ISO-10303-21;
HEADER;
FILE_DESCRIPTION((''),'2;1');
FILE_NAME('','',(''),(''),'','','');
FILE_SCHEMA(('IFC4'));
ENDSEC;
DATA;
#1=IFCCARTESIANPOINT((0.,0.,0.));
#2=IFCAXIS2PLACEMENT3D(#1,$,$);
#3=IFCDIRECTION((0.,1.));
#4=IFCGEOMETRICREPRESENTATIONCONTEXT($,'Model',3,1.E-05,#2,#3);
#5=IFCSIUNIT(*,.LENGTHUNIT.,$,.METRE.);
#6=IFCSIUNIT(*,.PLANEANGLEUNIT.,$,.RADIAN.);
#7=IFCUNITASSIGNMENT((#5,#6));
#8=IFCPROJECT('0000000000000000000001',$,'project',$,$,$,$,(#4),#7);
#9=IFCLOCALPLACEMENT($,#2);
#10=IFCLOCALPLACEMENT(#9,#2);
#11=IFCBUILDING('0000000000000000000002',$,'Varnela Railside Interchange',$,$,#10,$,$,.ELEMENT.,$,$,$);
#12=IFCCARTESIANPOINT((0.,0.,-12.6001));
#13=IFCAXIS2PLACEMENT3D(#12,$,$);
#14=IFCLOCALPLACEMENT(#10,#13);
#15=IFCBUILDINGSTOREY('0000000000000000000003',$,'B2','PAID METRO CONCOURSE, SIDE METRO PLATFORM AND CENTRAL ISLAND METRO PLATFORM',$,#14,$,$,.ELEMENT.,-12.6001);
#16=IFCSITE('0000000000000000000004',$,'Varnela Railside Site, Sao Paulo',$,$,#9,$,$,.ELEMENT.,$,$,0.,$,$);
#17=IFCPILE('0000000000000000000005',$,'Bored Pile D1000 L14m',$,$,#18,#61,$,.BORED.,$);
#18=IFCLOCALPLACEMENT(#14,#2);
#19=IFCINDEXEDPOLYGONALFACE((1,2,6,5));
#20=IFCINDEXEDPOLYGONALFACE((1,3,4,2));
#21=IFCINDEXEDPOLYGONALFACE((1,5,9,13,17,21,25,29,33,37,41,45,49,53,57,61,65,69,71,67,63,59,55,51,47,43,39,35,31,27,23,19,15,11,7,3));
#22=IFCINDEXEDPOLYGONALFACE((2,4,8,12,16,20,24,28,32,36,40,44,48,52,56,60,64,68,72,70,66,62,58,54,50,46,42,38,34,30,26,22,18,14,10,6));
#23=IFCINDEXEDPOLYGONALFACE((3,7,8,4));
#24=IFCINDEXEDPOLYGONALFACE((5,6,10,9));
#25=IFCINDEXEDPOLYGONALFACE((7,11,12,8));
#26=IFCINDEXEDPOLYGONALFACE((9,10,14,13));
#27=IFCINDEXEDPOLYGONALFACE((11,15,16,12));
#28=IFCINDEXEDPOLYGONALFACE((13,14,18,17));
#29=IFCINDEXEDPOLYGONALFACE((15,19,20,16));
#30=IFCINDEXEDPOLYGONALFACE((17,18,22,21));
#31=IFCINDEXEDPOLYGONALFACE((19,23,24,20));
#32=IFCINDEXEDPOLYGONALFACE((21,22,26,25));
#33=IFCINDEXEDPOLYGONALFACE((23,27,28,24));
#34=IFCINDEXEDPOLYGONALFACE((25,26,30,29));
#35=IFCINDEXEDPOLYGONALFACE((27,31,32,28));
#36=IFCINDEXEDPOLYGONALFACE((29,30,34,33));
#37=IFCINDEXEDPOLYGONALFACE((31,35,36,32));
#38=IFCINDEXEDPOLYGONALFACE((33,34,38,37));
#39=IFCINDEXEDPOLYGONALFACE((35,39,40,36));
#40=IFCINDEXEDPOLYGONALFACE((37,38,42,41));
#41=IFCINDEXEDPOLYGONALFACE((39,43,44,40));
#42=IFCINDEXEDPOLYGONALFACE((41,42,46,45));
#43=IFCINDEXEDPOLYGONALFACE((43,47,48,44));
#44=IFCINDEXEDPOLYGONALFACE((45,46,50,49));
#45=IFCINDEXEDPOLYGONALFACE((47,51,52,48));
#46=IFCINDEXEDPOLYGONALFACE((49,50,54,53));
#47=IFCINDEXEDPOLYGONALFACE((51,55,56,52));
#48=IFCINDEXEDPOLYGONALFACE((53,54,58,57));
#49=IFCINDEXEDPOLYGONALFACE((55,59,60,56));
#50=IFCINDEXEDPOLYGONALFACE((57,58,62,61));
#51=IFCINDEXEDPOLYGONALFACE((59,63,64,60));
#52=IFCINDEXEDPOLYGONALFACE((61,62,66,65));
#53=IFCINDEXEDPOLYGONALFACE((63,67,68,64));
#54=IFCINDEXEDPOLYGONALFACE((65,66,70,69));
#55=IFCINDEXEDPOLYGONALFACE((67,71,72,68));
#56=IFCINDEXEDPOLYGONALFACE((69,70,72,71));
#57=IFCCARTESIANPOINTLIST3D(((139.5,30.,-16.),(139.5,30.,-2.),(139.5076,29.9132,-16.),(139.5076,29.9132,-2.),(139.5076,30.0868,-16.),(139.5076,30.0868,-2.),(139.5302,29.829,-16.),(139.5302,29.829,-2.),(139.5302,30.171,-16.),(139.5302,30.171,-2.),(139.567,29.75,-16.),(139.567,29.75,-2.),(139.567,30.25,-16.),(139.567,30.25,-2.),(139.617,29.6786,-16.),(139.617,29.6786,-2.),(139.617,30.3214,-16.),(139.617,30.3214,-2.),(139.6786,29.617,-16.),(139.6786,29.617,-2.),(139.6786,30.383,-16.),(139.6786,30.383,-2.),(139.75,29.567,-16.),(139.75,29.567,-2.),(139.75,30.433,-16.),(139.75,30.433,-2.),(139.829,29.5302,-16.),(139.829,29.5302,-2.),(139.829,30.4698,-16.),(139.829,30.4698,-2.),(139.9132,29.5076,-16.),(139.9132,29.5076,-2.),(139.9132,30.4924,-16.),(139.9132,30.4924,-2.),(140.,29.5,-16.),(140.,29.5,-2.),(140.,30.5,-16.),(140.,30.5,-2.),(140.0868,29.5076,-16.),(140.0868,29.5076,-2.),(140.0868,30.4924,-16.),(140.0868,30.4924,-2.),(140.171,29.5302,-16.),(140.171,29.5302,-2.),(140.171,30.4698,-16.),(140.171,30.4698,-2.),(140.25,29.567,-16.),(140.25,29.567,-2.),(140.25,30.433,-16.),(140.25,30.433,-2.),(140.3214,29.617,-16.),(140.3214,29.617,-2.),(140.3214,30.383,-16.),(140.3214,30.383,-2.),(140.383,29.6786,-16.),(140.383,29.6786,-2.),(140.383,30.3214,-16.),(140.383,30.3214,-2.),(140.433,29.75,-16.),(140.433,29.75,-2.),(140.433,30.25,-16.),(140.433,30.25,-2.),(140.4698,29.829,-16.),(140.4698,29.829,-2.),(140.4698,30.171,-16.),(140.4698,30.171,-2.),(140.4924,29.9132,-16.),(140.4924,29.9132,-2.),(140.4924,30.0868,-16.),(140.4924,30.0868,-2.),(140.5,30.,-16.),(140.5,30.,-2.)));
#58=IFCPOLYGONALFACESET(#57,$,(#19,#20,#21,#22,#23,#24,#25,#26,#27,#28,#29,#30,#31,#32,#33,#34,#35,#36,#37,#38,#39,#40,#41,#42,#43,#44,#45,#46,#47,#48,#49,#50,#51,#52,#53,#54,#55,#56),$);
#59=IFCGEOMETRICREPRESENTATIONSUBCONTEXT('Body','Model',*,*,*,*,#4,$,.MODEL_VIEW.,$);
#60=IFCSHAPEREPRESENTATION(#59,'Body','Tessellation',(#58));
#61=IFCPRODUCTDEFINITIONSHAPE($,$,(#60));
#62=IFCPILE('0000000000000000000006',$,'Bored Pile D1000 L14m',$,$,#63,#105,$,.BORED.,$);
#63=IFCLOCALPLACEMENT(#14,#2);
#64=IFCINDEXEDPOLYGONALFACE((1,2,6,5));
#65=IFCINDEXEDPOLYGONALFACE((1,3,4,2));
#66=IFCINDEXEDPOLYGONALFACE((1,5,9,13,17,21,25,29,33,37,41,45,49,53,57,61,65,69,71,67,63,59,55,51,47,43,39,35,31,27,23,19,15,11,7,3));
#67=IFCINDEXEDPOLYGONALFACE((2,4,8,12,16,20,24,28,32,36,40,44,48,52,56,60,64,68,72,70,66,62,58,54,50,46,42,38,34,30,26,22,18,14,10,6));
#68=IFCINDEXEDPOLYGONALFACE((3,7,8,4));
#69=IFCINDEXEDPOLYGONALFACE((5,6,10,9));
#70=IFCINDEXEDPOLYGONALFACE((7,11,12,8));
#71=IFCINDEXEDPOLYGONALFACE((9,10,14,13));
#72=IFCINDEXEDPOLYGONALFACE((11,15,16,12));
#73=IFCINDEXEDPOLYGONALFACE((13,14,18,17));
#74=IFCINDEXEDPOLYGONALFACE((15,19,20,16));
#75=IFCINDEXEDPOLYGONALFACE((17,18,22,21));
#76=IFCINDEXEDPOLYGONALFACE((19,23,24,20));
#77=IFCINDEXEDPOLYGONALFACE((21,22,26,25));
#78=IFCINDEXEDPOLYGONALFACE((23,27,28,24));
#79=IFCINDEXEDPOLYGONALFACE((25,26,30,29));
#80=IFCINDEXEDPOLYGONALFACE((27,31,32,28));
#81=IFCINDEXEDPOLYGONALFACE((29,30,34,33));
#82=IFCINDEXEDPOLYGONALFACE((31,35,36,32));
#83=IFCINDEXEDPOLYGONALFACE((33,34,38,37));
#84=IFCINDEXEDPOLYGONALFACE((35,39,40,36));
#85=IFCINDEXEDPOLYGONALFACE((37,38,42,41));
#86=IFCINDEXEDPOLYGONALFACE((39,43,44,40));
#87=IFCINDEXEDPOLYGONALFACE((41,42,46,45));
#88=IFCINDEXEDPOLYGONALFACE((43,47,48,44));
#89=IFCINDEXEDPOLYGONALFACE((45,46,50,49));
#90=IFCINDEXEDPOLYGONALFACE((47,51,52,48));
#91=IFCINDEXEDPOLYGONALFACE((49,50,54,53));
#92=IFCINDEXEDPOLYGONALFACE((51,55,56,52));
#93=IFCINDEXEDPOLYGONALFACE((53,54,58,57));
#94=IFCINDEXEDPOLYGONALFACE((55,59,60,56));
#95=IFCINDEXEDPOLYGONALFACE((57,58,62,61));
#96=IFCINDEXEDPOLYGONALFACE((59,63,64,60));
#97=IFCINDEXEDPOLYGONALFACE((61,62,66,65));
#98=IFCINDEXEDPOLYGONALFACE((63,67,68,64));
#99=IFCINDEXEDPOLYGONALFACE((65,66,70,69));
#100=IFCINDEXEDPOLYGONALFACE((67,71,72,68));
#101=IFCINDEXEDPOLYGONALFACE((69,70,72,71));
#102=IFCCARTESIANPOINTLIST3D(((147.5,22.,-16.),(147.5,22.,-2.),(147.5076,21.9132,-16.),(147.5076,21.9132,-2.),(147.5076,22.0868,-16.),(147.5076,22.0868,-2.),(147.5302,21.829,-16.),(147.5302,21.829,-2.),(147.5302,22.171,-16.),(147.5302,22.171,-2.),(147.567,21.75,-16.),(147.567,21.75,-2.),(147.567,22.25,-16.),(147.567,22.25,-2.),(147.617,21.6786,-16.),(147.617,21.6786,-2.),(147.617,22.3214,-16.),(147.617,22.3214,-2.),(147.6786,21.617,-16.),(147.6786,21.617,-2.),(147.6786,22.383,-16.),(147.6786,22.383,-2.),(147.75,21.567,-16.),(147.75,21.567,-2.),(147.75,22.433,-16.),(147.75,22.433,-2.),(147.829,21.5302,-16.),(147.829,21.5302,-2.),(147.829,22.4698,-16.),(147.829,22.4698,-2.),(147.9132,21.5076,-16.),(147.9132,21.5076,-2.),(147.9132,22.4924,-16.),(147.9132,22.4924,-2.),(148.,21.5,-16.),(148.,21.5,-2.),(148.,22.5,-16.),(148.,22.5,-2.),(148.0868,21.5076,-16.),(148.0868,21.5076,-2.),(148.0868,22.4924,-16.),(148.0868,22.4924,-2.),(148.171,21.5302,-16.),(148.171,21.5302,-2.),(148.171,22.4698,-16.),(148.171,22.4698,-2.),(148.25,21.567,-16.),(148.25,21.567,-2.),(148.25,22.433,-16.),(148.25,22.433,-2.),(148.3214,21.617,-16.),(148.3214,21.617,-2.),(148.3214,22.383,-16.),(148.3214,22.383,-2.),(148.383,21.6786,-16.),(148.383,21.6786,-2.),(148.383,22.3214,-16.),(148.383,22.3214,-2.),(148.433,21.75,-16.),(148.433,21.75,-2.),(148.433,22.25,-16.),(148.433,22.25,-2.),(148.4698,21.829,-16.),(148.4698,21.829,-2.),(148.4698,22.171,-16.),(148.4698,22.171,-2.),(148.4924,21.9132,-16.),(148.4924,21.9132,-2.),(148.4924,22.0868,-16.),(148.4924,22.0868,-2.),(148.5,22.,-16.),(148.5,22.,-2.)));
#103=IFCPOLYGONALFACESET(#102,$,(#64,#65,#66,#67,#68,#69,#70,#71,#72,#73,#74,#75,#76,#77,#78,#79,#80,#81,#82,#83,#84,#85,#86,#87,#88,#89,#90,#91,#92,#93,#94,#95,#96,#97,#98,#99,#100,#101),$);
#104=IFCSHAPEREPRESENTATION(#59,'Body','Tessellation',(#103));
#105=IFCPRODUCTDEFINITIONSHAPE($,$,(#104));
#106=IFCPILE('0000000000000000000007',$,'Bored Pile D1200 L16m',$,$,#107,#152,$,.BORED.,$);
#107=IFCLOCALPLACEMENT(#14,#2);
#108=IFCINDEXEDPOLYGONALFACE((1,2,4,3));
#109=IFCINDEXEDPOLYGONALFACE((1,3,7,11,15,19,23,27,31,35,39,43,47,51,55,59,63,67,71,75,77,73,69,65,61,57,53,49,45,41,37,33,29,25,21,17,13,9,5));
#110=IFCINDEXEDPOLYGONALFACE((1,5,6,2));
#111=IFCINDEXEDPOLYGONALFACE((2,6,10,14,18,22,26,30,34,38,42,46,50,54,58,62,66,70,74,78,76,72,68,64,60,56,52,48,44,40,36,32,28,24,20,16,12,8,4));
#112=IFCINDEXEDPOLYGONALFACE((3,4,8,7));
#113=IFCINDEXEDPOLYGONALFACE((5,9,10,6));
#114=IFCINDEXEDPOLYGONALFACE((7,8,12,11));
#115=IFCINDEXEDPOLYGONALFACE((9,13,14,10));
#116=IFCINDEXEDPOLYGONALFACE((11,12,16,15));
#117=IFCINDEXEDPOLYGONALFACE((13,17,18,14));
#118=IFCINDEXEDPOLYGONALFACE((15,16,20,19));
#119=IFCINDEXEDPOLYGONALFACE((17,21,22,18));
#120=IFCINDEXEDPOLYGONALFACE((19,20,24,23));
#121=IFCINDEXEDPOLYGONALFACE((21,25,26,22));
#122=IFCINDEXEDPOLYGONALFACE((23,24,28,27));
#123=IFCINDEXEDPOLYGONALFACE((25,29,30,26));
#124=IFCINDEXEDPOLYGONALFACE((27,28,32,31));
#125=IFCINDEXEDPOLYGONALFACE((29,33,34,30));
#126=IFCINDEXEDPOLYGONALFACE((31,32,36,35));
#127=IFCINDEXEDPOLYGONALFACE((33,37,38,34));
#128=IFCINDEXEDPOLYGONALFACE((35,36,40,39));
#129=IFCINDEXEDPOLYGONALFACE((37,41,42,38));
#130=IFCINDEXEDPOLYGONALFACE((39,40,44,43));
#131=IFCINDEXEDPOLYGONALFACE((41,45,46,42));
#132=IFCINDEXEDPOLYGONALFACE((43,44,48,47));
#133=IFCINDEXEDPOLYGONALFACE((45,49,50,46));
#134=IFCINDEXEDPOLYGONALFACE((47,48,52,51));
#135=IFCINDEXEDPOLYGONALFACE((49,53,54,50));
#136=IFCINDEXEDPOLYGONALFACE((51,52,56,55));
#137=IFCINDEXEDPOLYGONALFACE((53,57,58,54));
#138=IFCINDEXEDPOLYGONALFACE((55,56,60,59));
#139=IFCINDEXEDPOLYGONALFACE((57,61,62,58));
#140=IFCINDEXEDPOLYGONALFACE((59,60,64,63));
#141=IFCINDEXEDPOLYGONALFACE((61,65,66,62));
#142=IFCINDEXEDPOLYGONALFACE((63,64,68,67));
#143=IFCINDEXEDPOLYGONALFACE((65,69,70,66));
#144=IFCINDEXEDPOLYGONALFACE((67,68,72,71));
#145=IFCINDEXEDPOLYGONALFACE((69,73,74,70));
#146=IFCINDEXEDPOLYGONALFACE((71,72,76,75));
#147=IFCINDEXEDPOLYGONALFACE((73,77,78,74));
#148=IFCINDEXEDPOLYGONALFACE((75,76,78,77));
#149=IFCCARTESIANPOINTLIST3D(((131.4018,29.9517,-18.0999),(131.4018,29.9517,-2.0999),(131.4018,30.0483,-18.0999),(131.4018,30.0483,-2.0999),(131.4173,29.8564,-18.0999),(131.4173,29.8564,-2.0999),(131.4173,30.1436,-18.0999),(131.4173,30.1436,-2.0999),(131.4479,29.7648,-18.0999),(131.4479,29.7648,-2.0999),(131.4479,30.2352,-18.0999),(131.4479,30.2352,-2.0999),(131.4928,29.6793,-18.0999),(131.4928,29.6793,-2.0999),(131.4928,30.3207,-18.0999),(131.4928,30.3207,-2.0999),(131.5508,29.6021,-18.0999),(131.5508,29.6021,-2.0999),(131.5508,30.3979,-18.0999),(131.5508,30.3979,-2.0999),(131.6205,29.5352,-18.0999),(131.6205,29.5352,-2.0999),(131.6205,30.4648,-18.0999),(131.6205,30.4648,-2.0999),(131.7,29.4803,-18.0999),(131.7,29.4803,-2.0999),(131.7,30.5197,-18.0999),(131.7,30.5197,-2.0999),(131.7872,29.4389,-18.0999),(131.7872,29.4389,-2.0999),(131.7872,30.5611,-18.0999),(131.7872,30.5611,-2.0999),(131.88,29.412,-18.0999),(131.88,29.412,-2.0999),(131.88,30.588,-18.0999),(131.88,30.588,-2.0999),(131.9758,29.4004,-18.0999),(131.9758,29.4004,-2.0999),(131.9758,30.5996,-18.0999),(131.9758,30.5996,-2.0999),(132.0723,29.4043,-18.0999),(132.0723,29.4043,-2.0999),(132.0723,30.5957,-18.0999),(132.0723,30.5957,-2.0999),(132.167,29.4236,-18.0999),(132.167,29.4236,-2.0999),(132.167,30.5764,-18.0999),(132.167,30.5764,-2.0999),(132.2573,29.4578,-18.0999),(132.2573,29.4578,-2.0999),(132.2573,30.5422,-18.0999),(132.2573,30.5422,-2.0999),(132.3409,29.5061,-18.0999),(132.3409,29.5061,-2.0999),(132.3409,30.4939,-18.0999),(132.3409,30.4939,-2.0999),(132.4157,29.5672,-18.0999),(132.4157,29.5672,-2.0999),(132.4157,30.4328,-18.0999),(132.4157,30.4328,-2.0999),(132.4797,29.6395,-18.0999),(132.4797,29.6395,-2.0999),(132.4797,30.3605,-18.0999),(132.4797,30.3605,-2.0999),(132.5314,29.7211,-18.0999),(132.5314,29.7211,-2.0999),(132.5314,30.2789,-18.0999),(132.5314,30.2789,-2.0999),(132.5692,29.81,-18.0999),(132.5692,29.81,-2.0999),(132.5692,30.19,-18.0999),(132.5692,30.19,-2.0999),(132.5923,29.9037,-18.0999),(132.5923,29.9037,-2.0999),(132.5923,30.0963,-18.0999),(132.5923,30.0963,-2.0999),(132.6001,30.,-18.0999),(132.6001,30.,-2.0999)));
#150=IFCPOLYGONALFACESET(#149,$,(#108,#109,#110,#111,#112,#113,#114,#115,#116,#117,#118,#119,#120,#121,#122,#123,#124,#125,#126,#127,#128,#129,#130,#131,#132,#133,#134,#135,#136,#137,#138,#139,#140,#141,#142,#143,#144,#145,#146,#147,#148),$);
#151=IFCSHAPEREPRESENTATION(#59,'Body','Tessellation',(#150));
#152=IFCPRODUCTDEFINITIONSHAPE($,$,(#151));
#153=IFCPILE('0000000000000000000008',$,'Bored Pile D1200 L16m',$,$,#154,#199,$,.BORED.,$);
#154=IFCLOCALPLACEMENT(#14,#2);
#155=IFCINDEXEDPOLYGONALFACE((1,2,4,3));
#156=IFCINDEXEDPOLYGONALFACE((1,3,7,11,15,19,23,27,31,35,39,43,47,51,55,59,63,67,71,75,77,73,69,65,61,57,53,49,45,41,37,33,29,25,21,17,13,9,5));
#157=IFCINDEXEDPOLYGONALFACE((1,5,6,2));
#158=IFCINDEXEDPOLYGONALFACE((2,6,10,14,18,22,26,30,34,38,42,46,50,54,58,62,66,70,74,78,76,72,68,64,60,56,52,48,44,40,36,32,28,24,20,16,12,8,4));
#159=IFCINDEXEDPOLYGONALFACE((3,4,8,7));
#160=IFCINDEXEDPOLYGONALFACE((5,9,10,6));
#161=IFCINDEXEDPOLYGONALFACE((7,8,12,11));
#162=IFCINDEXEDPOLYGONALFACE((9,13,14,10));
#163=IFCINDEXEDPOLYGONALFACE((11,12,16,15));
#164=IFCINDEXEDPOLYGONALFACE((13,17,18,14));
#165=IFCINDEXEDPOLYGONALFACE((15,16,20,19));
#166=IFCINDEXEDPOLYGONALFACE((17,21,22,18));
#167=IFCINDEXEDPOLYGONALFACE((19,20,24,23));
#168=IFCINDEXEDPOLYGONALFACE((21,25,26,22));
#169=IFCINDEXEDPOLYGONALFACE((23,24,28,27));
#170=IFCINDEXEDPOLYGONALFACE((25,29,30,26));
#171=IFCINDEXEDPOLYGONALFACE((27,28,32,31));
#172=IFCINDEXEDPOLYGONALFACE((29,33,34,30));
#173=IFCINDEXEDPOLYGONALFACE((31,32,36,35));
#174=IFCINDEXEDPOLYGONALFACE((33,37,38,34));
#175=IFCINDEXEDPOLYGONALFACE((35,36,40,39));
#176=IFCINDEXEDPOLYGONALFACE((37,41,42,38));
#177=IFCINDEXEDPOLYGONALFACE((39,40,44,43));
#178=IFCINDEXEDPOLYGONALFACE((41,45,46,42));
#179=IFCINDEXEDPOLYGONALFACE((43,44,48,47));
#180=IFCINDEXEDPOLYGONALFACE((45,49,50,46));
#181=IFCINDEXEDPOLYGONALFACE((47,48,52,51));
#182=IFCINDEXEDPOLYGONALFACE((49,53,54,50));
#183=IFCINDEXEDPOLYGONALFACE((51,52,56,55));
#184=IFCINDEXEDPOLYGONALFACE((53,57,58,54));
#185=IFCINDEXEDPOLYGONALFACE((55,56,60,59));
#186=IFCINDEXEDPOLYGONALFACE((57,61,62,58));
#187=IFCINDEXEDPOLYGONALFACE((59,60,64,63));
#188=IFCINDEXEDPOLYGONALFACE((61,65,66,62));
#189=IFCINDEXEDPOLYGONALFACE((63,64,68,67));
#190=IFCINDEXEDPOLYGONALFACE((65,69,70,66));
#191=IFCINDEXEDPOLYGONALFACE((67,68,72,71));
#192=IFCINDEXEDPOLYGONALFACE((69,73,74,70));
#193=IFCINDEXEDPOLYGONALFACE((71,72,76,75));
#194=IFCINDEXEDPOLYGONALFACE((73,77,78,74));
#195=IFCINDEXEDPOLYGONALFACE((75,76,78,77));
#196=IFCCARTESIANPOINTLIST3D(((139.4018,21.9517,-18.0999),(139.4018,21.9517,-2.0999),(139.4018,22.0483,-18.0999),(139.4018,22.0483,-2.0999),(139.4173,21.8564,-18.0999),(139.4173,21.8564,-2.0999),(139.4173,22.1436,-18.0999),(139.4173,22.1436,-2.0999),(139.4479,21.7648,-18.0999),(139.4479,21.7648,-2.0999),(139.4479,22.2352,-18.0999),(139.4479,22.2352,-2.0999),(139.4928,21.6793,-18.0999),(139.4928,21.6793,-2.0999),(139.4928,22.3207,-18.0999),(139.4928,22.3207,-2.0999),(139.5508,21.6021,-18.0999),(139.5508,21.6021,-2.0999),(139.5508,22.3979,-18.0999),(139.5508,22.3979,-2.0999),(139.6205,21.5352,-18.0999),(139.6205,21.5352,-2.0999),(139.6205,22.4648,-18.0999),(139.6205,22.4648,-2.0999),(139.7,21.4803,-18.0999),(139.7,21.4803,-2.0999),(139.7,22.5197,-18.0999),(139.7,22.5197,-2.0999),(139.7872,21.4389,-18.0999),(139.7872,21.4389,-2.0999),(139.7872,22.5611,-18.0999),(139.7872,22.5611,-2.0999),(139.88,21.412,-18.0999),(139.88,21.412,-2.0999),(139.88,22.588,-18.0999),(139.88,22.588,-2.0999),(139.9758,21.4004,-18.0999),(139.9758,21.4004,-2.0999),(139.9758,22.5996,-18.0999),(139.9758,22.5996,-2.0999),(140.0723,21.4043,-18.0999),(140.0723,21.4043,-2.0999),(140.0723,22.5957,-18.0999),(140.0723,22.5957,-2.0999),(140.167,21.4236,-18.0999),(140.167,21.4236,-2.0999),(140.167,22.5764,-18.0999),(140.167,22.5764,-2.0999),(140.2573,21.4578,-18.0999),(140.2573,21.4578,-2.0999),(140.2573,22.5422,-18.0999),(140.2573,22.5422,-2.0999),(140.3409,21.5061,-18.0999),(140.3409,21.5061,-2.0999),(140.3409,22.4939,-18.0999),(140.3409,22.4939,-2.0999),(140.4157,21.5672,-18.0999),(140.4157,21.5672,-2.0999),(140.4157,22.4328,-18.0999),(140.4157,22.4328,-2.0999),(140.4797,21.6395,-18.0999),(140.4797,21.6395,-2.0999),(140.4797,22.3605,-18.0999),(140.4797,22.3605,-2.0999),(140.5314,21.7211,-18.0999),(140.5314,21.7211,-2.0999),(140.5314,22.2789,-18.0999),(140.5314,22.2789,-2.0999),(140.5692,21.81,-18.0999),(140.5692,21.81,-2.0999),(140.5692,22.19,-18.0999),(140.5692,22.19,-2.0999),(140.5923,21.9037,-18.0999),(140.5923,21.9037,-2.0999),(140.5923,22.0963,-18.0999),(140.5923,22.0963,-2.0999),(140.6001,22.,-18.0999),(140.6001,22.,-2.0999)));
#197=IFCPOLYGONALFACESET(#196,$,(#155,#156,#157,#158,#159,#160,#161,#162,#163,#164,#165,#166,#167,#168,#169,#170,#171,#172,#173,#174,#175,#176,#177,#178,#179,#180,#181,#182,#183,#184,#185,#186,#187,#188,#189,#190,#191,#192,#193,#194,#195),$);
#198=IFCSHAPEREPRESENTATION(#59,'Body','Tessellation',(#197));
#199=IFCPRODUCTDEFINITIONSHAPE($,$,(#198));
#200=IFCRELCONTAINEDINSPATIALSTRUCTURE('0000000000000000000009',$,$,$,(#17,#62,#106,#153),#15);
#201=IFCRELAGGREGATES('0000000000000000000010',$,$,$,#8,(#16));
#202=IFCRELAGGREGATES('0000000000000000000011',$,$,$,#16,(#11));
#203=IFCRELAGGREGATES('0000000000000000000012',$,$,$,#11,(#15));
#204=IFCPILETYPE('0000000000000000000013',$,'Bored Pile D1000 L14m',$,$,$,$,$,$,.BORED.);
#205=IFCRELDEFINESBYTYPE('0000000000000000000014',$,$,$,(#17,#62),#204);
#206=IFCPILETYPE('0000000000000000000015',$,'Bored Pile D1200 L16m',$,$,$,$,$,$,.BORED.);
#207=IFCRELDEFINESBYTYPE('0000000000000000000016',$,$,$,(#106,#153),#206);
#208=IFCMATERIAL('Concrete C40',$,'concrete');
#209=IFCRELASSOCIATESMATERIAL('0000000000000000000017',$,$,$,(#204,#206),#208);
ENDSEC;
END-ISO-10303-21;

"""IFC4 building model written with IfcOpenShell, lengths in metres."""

from ifc_helpers import new_model, si_unit, direction, frame, origin, origin_2d, place, context, subcontext, project, spatial, circle, extrude, material, material_profile, profile_set, type_object, element, save


model = new_model("IFC4")

# Units and contexts
model_context = context("Model", 3, precision=1e-05, world=origin(), true_north=direction((0.0, 1.0)))
body_context = subcontext(model_context, "Body", "Model", "MODEL_VIEW")
ifc_project = project(units=[si_unit("LENGTHUNIT", "METRE"), si_unit("PLANEANGLEUNIT", "RADIAN")], contexts=[model_context])

# Site, building, storey
site_placement = place(None, origin())
site = spatial("IfcSite", under=ifc_project, at=site_placement, Name="Varnela Railside Site, Sao Paulo", CompositionType="ELEMENT", RefElevation=0.0)
building_placement = place(site_placement, origin())
building = spatial("IfcBuilding", under=site, at=building_placement, Name="Varnela Railside Interchange", CompositionType="ELEMENT")
storey_placement = place(building_placement, frame((0.0, 0.0, -12.6001)))
storey = spatial("IfcBuildingStorey", under=building, at=storey_placement, Name="B2", Description="PAID METRO CONCOURSE, SIDE METRO PLATFORM AND CENTRAL ISLAND METRO PLATFORM", CompositionType="ELEMENT", Elevation=-12.6001)

# Piles
ifc_material_1 = material(Name="Concrete C40", Category="concrete")
ifc_material_profile_1 = material_profile(ifc_material_1, circle(Radius=0.5, at=origin_2d()), Name="BORED PILE D1000")
ifc_profile_set_1 = profile_set([ifc_material_profile_1], Name="Concrete C40")
pile_type_1 = type_object("IfcPileType", Name="Bored Pile D1000 L14m", PredefinedType="BORED", material=ifc_profile_set_1)
for number, where, z_axis, x_axis, name in (
    (1, (140.0, 30.0, -2.0), (0.0, 0.0, -1.0), (1.0, 0.0, 0.0), "Bored Pile D1000 L14m"),
    (2, (148.0, 22.0, -2.0), (0.0, 0.0, -1.0), (1.0, 0.0, 0.0), "Bored Pile D1000 L14m"),
):
    element("IfcPile", number, at=place(storey_placement, frame(where, z_axis=z_axis, x_axis=x_axis)), inside=storey, type_object=pile_type_1, Name=name, PredefinedType="BORED", context=body_context, shape_type="SweptSolid", body=[
        extrude(circle(Radius=0.5, at=origin_2d()), origin(), (0.0, 0.0, 1.0), 14.0),
    ])
ifc_material_profile_2 = material_profile(ifc_material_1, circle(Radius=0.6001, at=origin_2d()), Name="BORED PILE D1200")
ifc_profile_set_2 = profile_set([ifc_material_profile_2], Name="Concrete C40")
pile_type_2 = type_object("IfcPileType", Name="Bored Pile D1200 L16m", PredefinedType="BORED", material=ifc_profile_set_2)
for number, where, z_axis, x_axis, name in (
    (3, (132.0, 30.0, -2.0999), (0.0, 0.0, -1.0), (1.0, 0.0, 0.0), "Bored Pile D1200 L16m"),
    (4, (140.0, 22.0, -2.0999), (0.0, 0.0, -1.0), (1.0, 0.0, 0.0), "Bored Pile D1200 L16m"),
):
    element("IfcPile", number, at=place(storey_placement, frame(where, z_axis=z_axis, x_axis=x_axis)), inside=storey, type_object=pile_type_2, Name=name, PredefinedType="BORED", context=body_context, shape_type="SweptSolid", body=[
        extrude(circle(Radius=0.6001, at=origin_2d()), origin(), (0.0, 0.0, 1.0), 16.0),
    ])

save(model, "model.ifc")
